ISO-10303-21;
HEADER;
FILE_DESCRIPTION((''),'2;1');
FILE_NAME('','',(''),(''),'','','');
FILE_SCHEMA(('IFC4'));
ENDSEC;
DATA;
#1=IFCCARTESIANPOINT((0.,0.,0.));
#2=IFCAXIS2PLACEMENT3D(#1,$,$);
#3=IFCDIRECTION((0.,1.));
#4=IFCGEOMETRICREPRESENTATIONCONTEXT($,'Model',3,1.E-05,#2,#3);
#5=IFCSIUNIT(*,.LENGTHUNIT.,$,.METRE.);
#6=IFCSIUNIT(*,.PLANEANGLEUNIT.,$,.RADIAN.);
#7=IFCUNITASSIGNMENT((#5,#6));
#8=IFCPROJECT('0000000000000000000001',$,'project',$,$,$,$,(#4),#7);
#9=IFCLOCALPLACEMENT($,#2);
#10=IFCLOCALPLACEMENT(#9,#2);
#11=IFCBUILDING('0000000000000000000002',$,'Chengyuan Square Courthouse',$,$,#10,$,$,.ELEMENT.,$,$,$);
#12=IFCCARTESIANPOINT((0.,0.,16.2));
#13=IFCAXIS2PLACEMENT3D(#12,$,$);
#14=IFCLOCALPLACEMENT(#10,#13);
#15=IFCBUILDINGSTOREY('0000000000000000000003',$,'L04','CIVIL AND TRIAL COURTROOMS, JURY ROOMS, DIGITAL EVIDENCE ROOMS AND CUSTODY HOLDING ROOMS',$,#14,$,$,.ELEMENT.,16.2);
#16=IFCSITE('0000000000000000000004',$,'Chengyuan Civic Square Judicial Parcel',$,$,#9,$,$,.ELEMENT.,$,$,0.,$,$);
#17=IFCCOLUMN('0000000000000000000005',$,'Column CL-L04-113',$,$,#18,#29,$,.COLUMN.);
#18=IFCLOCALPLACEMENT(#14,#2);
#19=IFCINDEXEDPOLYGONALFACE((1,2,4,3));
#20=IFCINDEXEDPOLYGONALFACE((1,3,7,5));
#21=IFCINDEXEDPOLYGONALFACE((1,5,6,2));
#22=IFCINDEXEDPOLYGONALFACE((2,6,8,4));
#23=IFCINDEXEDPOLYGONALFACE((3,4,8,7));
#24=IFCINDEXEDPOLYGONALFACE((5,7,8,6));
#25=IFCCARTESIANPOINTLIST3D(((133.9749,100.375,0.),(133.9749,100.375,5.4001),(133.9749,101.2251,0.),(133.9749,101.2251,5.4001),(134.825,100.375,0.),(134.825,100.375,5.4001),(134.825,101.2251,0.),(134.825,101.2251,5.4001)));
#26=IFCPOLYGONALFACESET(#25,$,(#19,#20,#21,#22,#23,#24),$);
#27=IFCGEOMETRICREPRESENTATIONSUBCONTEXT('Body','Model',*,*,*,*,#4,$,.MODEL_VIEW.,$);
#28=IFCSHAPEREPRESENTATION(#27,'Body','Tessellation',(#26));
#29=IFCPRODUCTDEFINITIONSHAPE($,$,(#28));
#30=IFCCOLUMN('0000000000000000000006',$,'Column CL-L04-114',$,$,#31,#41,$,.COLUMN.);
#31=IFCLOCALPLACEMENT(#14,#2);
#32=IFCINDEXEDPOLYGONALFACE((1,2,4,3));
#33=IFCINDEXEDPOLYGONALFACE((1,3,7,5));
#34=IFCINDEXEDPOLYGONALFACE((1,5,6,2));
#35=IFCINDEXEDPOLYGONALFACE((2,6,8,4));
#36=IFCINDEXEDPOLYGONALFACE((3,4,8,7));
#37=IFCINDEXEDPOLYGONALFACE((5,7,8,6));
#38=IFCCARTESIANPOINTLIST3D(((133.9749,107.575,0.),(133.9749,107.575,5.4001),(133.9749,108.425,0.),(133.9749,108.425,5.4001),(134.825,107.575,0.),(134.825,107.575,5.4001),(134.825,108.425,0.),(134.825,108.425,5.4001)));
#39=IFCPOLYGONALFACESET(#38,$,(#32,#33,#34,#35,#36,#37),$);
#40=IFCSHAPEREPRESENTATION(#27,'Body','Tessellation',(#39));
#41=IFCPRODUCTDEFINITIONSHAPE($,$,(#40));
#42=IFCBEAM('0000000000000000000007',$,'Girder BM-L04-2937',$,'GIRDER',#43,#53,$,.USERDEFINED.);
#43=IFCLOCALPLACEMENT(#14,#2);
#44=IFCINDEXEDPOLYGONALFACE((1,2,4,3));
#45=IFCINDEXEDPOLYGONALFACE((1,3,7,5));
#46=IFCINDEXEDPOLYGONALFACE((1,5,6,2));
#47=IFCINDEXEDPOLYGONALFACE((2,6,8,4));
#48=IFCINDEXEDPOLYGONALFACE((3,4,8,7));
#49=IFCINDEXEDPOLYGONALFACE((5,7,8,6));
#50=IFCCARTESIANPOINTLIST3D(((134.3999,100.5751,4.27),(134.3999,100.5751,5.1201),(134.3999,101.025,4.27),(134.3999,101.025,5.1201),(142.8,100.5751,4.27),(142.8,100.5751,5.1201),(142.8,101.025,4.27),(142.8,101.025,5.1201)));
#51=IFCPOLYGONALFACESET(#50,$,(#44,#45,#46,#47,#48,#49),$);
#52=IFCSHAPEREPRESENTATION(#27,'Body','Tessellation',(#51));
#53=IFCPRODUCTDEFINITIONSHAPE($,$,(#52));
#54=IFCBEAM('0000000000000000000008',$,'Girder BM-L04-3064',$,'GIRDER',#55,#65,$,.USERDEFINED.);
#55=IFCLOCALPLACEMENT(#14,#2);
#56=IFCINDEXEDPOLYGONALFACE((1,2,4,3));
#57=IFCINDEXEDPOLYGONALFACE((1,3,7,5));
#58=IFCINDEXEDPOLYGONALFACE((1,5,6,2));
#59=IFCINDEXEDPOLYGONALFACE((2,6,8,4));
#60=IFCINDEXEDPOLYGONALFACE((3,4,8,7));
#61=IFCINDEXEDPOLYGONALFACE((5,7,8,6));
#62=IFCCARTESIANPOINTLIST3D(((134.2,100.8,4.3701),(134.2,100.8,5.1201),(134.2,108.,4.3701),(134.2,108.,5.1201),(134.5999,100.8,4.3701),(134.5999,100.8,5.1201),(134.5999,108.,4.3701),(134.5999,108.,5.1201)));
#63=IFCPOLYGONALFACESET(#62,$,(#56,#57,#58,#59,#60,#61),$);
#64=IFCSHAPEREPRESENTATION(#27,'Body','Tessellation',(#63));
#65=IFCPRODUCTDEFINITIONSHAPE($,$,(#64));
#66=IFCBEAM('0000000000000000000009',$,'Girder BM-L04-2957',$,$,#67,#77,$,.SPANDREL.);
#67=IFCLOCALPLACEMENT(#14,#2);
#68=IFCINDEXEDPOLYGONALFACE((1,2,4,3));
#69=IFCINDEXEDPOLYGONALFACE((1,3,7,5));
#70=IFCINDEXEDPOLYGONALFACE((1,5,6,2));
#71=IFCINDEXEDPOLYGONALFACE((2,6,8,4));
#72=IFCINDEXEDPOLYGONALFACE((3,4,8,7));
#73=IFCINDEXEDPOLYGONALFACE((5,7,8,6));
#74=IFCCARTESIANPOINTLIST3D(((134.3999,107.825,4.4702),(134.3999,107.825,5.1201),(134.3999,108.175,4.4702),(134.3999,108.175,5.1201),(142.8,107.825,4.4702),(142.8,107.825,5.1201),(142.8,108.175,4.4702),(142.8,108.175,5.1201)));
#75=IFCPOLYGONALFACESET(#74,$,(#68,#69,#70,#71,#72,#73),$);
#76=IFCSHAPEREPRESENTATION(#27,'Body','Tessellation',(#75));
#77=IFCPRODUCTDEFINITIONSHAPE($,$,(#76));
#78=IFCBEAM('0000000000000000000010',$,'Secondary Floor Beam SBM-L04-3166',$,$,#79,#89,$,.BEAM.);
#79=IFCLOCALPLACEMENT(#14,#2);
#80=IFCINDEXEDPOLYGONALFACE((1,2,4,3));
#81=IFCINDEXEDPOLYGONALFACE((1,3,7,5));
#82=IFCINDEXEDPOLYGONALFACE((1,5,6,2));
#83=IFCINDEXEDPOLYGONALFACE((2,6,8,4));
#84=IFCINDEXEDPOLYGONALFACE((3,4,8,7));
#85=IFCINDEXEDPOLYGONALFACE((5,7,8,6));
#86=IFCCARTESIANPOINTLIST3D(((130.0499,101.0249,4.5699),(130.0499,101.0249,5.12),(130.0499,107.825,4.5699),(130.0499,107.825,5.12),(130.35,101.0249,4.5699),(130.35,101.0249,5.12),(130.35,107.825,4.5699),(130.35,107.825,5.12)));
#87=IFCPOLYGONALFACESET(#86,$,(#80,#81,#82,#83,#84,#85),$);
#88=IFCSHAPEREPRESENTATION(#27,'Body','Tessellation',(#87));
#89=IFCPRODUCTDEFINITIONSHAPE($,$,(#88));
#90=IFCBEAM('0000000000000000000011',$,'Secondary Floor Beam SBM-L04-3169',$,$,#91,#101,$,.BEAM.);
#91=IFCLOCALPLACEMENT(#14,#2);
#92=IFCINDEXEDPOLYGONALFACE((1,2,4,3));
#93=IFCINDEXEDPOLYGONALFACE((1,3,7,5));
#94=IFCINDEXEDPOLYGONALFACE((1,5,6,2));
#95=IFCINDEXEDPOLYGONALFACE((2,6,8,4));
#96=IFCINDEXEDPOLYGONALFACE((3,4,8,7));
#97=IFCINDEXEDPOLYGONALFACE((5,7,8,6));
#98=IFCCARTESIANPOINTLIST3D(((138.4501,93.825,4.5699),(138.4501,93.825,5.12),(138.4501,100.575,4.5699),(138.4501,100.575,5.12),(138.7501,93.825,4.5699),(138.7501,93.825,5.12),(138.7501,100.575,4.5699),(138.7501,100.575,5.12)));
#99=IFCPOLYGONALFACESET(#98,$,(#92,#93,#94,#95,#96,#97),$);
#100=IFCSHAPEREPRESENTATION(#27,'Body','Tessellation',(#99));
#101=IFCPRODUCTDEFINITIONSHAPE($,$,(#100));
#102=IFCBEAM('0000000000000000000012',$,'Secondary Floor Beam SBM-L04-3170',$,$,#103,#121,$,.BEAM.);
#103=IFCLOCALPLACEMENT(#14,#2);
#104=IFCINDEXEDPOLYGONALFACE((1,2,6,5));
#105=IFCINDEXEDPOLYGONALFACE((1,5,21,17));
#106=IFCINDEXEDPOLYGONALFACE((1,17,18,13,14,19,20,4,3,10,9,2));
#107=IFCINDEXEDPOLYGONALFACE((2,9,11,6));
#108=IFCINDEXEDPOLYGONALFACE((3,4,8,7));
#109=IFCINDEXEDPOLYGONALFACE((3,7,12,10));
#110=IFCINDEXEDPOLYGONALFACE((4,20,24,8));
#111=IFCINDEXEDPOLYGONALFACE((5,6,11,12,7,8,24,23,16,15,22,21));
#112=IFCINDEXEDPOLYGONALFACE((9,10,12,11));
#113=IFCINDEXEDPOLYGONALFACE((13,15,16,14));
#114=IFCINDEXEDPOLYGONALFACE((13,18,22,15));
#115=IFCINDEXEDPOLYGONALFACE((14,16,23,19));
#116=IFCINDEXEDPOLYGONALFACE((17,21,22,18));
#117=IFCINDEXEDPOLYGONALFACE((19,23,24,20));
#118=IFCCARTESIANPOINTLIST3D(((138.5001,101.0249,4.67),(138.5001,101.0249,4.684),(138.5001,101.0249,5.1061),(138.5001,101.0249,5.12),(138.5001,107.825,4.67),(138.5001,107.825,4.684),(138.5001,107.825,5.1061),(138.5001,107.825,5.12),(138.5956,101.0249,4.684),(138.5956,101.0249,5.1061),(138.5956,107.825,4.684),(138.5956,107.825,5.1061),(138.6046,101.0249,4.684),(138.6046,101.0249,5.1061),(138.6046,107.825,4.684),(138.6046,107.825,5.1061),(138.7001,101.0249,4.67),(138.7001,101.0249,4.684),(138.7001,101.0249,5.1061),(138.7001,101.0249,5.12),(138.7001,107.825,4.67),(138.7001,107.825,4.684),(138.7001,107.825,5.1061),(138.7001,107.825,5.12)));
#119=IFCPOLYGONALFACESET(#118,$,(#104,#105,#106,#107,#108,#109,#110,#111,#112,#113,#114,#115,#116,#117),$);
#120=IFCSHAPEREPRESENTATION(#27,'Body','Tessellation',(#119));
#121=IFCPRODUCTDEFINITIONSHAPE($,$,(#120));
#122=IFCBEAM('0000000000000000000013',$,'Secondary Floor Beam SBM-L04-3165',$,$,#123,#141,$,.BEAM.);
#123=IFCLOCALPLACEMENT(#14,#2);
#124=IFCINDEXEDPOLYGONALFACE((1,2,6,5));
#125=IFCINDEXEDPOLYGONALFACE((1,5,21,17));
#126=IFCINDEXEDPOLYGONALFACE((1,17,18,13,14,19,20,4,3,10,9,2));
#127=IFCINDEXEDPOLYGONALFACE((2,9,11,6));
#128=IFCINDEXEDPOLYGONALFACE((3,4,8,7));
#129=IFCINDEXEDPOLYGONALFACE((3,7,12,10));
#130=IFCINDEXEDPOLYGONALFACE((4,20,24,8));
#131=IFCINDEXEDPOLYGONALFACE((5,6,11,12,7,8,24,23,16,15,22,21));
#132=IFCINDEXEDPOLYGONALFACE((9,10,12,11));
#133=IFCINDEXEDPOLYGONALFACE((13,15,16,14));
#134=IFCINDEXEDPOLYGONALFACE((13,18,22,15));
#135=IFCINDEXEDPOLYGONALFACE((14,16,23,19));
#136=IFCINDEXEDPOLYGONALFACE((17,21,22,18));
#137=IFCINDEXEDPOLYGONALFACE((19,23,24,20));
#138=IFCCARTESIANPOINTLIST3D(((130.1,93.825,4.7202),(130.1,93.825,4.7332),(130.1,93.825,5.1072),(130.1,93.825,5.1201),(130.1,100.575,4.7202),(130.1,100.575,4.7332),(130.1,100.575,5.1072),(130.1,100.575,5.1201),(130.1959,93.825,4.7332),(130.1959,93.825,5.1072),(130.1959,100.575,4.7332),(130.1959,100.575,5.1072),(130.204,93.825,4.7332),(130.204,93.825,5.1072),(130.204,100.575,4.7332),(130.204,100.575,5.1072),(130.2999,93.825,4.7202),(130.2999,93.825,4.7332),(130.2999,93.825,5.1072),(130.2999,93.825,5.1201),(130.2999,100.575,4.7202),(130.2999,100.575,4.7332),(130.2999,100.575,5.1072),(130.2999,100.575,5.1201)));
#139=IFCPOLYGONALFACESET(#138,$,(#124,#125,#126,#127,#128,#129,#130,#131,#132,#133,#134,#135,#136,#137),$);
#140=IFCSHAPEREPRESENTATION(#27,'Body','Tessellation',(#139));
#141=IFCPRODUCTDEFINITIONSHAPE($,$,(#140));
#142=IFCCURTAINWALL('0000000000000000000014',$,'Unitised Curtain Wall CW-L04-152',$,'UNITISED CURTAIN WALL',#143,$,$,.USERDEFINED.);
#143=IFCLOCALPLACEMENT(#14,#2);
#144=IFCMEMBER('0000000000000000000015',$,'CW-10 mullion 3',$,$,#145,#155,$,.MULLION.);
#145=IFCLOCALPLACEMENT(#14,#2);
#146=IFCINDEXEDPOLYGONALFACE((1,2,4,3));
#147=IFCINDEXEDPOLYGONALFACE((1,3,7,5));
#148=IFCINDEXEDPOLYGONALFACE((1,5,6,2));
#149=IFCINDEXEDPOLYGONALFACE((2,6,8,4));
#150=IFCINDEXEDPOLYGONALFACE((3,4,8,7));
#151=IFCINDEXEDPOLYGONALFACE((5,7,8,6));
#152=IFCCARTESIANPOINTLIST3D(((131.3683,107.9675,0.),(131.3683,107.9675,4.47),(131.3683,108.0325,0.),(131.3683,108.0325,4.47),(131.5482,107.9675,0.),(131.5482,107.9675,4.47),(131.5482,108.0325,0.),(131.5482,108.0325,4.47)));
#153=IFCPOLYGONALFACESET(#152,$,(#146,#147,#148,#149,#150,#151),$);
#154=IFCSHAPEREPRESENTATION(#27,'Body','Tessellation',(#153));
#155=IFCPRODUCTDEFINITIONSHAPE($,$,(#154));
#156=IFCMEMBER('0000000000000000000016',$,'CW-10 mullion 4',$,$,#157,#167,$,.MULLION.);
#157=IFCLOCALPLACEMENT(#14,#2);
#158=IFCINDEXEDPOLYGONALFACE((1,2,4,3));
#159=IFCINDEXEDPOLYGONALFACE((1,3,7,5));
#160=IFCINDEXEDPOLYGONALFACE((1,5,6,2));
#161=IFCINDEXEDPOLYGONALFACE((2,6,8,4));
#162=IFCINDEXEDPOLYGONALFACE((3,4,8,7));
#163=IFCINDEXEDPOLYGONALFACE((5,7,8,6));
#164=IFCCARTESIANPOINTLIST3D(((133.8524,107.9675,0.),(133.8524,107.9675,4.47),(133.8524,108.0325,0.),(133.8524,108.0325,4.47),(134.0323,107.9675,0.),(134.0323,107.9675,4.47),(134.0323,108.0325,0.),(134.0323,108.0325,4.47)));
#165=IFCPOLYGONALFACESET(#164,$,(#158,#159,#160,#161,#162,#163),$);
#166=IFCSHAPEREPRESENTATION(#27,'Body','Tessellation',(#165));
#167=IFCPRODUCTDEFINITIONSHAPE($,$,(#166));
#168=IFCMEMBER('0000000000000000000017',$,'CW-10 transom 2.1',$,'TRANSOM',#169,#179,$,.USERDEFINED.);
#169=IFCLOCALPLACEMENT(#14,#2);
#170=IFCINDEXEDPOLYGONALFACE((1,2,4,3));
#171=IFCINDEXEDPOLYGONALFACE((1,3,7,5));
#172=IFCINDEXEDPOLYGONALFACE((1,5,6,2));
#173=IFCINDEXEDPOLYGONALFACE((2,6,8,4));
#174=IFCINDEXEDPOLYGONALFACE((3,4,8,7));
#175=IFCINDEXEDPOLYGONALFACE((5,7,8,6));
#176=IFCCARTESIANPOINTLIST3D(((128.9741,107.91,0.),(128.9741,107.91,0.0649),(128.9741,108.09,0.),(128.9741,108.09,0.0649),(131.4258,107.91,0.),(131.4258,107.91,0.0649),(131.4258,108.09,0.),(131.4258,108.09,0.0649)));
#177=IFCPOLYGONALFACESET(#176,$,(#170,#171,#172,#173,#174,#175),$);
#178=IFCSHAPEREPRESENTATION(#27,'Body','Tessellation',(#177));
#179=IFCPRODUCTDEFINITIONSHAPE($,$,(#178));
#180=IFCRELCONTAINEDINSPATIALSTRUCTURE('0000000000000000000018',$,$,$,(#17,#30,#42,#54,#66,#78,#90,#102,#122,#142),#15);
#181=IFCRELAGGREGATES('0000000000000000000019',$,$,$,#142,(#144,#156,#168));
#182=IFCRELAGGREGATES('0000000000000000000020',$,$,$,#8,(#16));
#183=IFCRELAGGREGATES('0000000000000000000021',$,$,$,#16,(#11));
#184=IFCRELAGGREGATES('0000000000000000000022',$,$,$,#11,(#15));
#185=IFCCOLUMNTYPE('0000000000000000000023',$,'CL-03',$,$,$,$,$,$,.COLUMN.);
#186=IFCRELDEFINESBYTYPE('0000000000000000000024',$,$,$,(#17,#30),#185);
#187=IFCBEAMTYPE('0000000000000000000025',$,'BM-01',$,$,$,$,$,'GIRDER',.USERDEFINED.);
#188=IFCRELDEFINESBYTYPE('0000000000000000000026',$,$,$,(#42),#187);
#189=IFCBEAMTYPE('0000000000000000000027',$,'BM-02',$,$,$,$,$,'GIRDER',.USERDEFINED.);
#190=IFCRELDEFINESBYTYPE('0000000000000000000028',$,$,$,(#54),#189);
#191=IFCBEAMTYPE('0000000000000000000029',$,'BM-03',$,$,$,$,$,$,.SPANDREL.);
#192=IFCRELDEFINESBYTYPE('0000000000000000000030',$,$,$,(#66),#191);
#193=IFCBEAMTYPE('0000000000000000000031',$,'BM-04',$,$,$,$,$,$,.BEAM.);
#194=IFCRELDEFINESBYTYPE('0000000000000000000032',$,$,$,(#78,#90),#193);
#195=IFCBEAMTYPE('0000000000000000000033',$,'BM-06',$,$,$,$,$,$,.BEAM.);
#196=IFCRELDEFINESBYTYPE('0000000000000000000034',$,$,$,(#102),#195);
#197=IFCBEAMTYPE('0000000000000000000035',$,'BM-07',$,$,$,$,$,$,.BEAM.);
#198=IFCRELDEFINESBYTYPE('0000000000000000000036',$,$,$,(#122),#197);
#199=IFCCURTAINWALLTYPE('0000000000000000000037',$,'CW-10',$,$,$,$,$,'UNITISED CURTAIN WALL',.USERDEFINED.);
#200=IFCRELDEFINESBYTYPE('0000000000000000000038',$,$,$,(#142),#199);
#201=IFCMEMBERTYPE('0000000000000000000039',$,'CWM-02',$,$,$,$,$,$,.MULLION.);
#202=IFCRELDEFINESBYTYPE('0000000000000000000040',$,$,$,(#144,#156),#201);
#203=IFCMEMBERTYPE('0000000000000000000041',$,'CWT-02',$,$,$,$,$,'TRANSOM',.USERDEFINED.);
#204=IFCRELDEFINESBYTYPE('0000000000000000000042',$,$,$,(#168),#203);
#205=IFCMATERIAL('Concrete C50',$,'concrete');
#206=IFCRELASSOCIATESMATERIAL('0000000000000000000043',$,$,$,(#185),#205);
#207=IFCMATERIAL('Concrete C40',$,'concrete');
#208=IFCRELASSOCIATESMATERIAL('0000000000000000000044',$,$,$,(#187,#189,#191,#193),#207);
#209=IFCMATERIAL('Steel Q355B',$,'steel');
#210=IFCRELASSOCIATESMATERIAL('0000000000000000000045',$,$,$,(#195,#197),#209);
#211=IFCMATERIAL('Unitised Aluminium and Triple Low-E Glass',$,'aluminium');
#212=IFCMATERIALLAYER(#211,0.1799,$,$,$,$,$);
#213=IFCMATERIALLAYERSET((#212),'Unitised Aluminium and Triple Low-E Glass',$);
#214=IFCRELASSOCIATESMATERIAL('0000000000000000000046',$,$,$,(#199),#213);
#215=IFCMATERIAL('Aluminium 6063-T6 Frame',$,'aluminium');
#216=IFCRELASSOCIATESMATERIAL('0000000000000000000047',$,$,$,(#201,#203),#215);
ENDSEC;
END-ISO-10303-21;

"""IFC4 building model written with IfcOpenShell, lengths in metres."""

from ifc_helpers import new_model, si_unit, direction, frame, origin, origin_2d, place, context, subcontext, project, spatial, rectangle, i_section, extrude, material, layer, layer_set, material_profile, profile_set, type_object, element, aggregate, save


model = new_model("IFC4")

# Units and contexts
model_context = context("Model", 3, precision=1e-05, world=origin(), true_north=direction((0.0, 1.0)))
body_context = subcontext(model_context, "Body", "Model", "MODEL_VIEW")
ifc_project = project(units=[si_unit("LENGTHUNIT", "METRE"), si_unit("PLANEANGLEUNIT", "RADIAN")], contexts=[model_context])

# Site, building, storey
site_placement = place(None, origin())
site = spatial("IfcSite", under=ifc_project, at=site_placement, Name="Chengyuan Civic Square Judicial Parcel", CompositionType="ELEMENT", RefElevation=0.0)
building_placement = place(site_placement, origin())
building = spatial("IfcBuilding", under=site, at=building_placement, Name="Chengyuan Square Courthouse", CompositionType="ELEMENT")
storey_placement = place(building_placement, frame((0.0, 0.0, 16.2)))
storey = spatial("IfcBuildingStorey", under=building, at=storey_placement, Name="L04", Description="CIVIL AND TRIAL COURTROOMS, JURY ROOMS, DIGITAL EVIDENCE ROOMS AND CUSTODY HOLDING ROOMS", CompositionType="ELEMENT", Elevation=16.2)

# Columns
ifc_material_1 = material(Name="Concrete C50", Category="concrete")
ifc_material_profile_1 = material_profile(ifc_material_1, rectangle(XDim=0.8501, YDim=0.8501, at=origin_2d()), Name="RC-COL-850x850")
ifc_profile_set_1 = profile_set([ifc_material_profile_1], Name="Concrete C50")
column_type = type_object("IfcColumnType", Name="CL-03", PredefinedType="COLUMN", material=ifc_profile_set_1)
for number, where, z_axis, x_axis, name in (
    (1, (134.3999, 100.8, 0.0), (0.0, 0.0, 1.0), (1.0, 0.0, 0.0), "Column CL-L04-113"),
    (2, (134.3999, 108.0, 0.0), (0.0, 0.0, 1.0), (1.0, 0.0, 0.0), "Column CL-L04-114"),
):
    element("IfcColumn", number, at=place(storey_placement, frame(where, z_axis=z_axis, x_axis=x_axis)), inside=storey, type_object=column_type, Name=name, PredefinedType="COLUMN", context=body_context, shape_type="SweptSolid", body=[
        extrude(rectangle(XDim=0.8501, YDim=0.8501, at=origin_2d()), origin(), (0.0, 0.0, 1.0), 5.4001),
    ])

# Beams
ifc_material_2 = material(Name="Concrete C40", Category="concrete")
ifc_material_profile_2 = material_profile(ifc_material_2, rectangle(XDim=0.45, YDim=0.8501, at=origin_2d()), Name="RC-BM-450x850")
ifc_profile_set_2 = profile_set([ifc_material_profile_2], Name="Concrete C40")
beam_type_1 = type_object("IfcBeamType", Name="BM-01", ElementType="GIRDER", PredefinedType="USERDEFINED", material=ifc_profile_set_2)
beam_1_placement = place(storey_placement, frame((134.3999, 100.8, 4.6951), z_axis=(1.0, 0.0, 0.0), x_axis=(0.0, 1.0, 0.0)))
element("IfcBeam", 3, at=beam_1_placement, inside=storey, type_object=beam_type_1, Name="Girder BM-L04-2937", ObjectType="GIRDER", PredefinedType="USERDEFINED", context=body_context, shape_type="SweptSolid", body=[
    extrude(rectangle(XDim=0.45, YDim=0.8501, at=origin_2d()), origin(), (0.0, 0.0, 1.0), 8.4001),
])
ifc_material_profile_3 = material_profile(ifc_material_2, rectangle(XDim=0.3999, YDim=0.75, at=origin_2d()), Name="RC-BM-400x750")
ifc_profile_set_3 = profile_set([ifc_material_profile_3], Name="Concrete C40")
beam_type_2 = type_object("IfcBeamType", Name="BM-02", ElementType="GIRDER", PredefinedType="USERDEFINED", material=ifc_profile_set_3)
beam_2_placement = place(storey_placement, frame((134.3999, 100.8, 4.7451), z_axis=(0.0, 1.0, 0.0), x_axis=(-1.0, 0.0, 0.0)))
element("IfcBeam", 4, at=beam_2_placement, inside=storey, type_object=beam_type_2, Name="Girder BM-L04-3064", ObjectType="GIRDER", PredefinedType="USERDEFINED", context=body_context, shape_type="SweptSolid", body=[
    extrude(rectangle(XDim=0.3999, YDim=0.75, at=origin_2d()), origin(), (0.0, 0.0, 1.0), 7.2),
])
ifc_material_profile_4 = material_profile(ifc_material_2, rectangle(XDim=0.3501, YDim=0.6499, at=origin_2d()), Name="RC-BM-350x650")
ifc_profile_set_4 = profile_set([ifc_material_profile_4], Name="Concrete C40")
beam_type_3 = type_object("IfcBeamType", Name="BM-03", PredefinedType="SPANDREL", material=ifc_profile_set_4)
beam_3_placement = place(storey_placement, frame((134.3999, 108.0, 4.7952), z_axis=(1.0, 0.0, 0.0), x_axis=(0.0, 1.0, 0.0)))
element("IfcBeam", 5, at=beam_3_placement, inside=storey, type_object=beam_type_3, Name="Girder BM-L04-2957", PredefinedType="SPANDREL", context=body_context, shape_type="SweptSolid", body=[
    extrude(rectangle(XDim=0.3501, YDim=0.6499, at=origin_2d()), origin(), (0.0, 0.0, 1.0), 8.4001),
])
ifc_material_profile_5 = material_profile(ifc_material_2, rectangle(XDim=0.3, YDim=0.55, at=origin_2d()), Name="RC-BM-300x550")
ifc_profile_set_5 = profile_set([ifc_material_profile_5], Name="Concrete C40")
beam_type_4 = type_object("IfcBeamType", Name="BM-04", PredefinedType="BEAM", material=ifc_profile_set_5)
beam_4_placement = place(storey_placement, frame((130.2, 101.0249, 4.845), z_axis=(0.0, 1.0, 0.0), x_axis=(-1.0, 0.0, 0.0)))
element("IfcBeam", 6, at=beam_4_placement, inside=storey, type_object=beam_type_4, Name="Secondary Floor Beam SBM-L04-3166", PredefinedType="BEAM", context=body_context, shape_type="SweptSolid", body=[
    extrude(rectangle(XDim=0.3, YDim=0.55, at=origin_2d()), origin(), (0.0, 0.0, 1.0), 6.8),
])
beam_5_placement = place(storey_placement, frame((138.6001, 93.825, 4.845), z_axis=(0.0, 1.0, 0.0), x_axis=(-1.0, 0.0, 0.0)))
element("IfcBeam", 7, at=beam_5_placement, inside=storey, type_object=beam_type_4, Name="Secondary Floor Beam SBM-L04-3169", PredefinedType="BEAM", context=body_context, shape_type="SweptSolid", body=[
    extrude(rectangle(XDim=0.3, YDim=0.55, at=origin_2d()), origin(), (0.0, 0.0, 1.0), 6.75),
])
ifc_material_3 = material(Name="Steel Q355B", Category="steel")
ifc_material_profile_6 = material_profile(ifc_material_3, i_section(OverallWidth=0.2, OverallDepth=0.45, WebThickness=0.009, FlangeThickness=0.0139, at=origin_2d()), Name="HN 450x200x9x14")
ifc_profile_set_6 = profile_set([ifc_material_profile_6], Name="Steel Q355B")
beam_type_5 = type_object("IfcBeamType", Name="BM-06", PredefinedType="BEAM", material=ifc_profile_set_6)
beam_6_placement = place(storey_placement, frame((138.6001, 101.0249, 4.895), z_axis=(0.0, 1.0, 0.0), x_axis=(-1.0, 0.0, 0.0)))
element("IfcBeam", 8, at=beam_6_placement, inside=storey, type_object=beam_type_5, Name="Secondary Floor Beam SBM-L04-3170", PredefinedType="BEAM", context=body_context, shape_type="SweptSolid", body=[
    extrude(i_section(OverallWidth=0.2, OverallDepth=0.45, WebThickness=0.009, FlangeThickness=0.0139, at=origin_2d()), origin(), (0.0, 0.0, 1.0), 6.8),
])
ifc_material_profile_7 = material_profile(ifc_material_3, i_section(OverallWidth=0.2, OverallDepth=0.3999, WebThickness=0.0081, FlangeThickness=0.0129, at=origin_2d()), Name="HN 400x200x8x13")
ifc_profile_set_7 = profile_set([ifc_material_profile_7], Name="Steel Q355B")
beam_type_6 = type_object("IfcBeamType", Name="BM-07", PredefinedType="BEAM", material=ifc_profile_set_7)
beam_7_placement = place(storey_placement, frame((130.2, 93.825, 4.9202), z_axis=(0.0, 1.0, 0.0), x_axis=(-1.0, 0.0, 0.0)))
element("IfcBeam", 9, at=beam_7_placement, inside=storey, type_object=beam_type_6, Name="Secondary Floor Beam SBM-L04-3165", PredefinedType="BEAM", context=body_context, shape_type="SweptSolid", body=[
    extrude(i_section(OverallWidth=0.2, OverallDepth=0.3999, WebThickness=0.0081, FlangeThickness=0.0129, at=origin_2d()), origin(), (0.0, 0.0, 1.0), 6.75),
])

# Curtain wall, members
ifc_material_4 = material(Name="Unitised Aluminium and Triple Low-E Glass", Category="aluminium")
ifc_layer_1 = layer(ifc_material_4, 0.1799)
ifc_layer_set_1 = layer_set([ifc_layer_1], Name="Unitised Aluminium and Triple Low-E Glass")
curtain_wall_type = type_object("IfcCurtainWallType", Name="CW-10", ElementType="UNITISED CURTAIN WALL", PredefinedType="USERDEFINED", material=ifc_layer_set_1)
curtain_wall_placement = place(storey_placement, origin())
curtain_wall = element("IfcCurtainWall", 10, at=curtain_wall_placement, inside=storey, type_object=curtain_wall_type, Name="Unitised Curtain Wall CW-L04-152", ObjectType="UNITISED CURTAIN WALL", PredefinedType="USERDEFINED")
ifc_material_5 = material(Name="Aluminium 6063-T6 Frame", Category="aluminium")
ifc_material_profile_8 = material_profile(ifc_material_5, rectangle(XDim=0.0649, YDim=0.1799, at=origin_2d()), Name="CW-MUL-65x180")
ifc_profile_set_8 = profile_set([ifc_material_profile_8], Name="Aluminium 6063-T6 Frame")
member_type_1 = type_object("IfcMemberType", Name="CWM-02", PredefinedType="MULLION", material=ifc_profile_set_8)
member_1_placement = place(storey_placement, frame((131.4583, 108.0, 0.0), z_axis=(0.0, 0.0, 1.0), x_axis=(0.0, 1.0, 0.0)))
member_1 = element("IfcMember", 11, at=member_1_placement, type_object=member_type_1, Name="CW-10 mullion 3", PredefinedType="MULLION", context=body_context, shape_type="SweptSolid", body=[
    extrude(rectangle(XDim=0.0649, YDim=0.1799, at=origin_2d()), origin(), (0.0, 0.0, 1.0), 4.47),
])
member_2_placement = place(storey_placement, frame((133.9424, 108.0, 0.0), z_axis=(0.0, 0.0, 1.0), x_axis=(0.0, 1.0, 0.0)))
member_2 = element("IfcMember", 12, at=member_2_placement, type_object=member_type_1, Name="CW-10 mullion 4", PredefinedType="MULLION", context=body_context, shape_type="SweptSolid", body=[
    extrude(rectangle(XDim=0.0649, YDim=0.1799, at=origin_2d()), origin(), (0.0, 0.0, 1.0), 4.47),
])
ifc_material_profile_9 = material_profile(ifc_material_5, rectangle(XDim=0.1799, YDim=0.0649, at=origin_2d()), Name="CW-TRN-65x140")
ifc_profile_set_9 = profile_set([ifc_material_profile_9], Name="Aluminium 6063-T6 Frame")
member_type_2 = type_object("IfcMemberType", Name="CWT-02", ElementType="TRANSOM", PredefinedType="USERDEFINED", material=ifc_profile_set_9)
member_3_placement = place(storey_placement, frame((128.9741, 108.0, 0.0325), z_axis=(1.0, 0.0, 0.0), x_axis=(0.0, 1.0, 0.0)))
member_3 = element("IfcMember", 13, at=member_3_placement, type_object=member_type_2, Name="CW-10 transom 2.1", ObjectType="TRANSOM", PredefinedType="USERDEFINED", context=body_context, shape_type="SweptSolid", body=[
    extrude(rectangle(XDim=0.1799, YDim=0.0649, at=origin_2d()), origin(), (0.0, 0.0, 1.0), 2.4517),
])
aggregate(curtain_wall, [member_1, member_2, member_3])

save(model, "model.ifc")
